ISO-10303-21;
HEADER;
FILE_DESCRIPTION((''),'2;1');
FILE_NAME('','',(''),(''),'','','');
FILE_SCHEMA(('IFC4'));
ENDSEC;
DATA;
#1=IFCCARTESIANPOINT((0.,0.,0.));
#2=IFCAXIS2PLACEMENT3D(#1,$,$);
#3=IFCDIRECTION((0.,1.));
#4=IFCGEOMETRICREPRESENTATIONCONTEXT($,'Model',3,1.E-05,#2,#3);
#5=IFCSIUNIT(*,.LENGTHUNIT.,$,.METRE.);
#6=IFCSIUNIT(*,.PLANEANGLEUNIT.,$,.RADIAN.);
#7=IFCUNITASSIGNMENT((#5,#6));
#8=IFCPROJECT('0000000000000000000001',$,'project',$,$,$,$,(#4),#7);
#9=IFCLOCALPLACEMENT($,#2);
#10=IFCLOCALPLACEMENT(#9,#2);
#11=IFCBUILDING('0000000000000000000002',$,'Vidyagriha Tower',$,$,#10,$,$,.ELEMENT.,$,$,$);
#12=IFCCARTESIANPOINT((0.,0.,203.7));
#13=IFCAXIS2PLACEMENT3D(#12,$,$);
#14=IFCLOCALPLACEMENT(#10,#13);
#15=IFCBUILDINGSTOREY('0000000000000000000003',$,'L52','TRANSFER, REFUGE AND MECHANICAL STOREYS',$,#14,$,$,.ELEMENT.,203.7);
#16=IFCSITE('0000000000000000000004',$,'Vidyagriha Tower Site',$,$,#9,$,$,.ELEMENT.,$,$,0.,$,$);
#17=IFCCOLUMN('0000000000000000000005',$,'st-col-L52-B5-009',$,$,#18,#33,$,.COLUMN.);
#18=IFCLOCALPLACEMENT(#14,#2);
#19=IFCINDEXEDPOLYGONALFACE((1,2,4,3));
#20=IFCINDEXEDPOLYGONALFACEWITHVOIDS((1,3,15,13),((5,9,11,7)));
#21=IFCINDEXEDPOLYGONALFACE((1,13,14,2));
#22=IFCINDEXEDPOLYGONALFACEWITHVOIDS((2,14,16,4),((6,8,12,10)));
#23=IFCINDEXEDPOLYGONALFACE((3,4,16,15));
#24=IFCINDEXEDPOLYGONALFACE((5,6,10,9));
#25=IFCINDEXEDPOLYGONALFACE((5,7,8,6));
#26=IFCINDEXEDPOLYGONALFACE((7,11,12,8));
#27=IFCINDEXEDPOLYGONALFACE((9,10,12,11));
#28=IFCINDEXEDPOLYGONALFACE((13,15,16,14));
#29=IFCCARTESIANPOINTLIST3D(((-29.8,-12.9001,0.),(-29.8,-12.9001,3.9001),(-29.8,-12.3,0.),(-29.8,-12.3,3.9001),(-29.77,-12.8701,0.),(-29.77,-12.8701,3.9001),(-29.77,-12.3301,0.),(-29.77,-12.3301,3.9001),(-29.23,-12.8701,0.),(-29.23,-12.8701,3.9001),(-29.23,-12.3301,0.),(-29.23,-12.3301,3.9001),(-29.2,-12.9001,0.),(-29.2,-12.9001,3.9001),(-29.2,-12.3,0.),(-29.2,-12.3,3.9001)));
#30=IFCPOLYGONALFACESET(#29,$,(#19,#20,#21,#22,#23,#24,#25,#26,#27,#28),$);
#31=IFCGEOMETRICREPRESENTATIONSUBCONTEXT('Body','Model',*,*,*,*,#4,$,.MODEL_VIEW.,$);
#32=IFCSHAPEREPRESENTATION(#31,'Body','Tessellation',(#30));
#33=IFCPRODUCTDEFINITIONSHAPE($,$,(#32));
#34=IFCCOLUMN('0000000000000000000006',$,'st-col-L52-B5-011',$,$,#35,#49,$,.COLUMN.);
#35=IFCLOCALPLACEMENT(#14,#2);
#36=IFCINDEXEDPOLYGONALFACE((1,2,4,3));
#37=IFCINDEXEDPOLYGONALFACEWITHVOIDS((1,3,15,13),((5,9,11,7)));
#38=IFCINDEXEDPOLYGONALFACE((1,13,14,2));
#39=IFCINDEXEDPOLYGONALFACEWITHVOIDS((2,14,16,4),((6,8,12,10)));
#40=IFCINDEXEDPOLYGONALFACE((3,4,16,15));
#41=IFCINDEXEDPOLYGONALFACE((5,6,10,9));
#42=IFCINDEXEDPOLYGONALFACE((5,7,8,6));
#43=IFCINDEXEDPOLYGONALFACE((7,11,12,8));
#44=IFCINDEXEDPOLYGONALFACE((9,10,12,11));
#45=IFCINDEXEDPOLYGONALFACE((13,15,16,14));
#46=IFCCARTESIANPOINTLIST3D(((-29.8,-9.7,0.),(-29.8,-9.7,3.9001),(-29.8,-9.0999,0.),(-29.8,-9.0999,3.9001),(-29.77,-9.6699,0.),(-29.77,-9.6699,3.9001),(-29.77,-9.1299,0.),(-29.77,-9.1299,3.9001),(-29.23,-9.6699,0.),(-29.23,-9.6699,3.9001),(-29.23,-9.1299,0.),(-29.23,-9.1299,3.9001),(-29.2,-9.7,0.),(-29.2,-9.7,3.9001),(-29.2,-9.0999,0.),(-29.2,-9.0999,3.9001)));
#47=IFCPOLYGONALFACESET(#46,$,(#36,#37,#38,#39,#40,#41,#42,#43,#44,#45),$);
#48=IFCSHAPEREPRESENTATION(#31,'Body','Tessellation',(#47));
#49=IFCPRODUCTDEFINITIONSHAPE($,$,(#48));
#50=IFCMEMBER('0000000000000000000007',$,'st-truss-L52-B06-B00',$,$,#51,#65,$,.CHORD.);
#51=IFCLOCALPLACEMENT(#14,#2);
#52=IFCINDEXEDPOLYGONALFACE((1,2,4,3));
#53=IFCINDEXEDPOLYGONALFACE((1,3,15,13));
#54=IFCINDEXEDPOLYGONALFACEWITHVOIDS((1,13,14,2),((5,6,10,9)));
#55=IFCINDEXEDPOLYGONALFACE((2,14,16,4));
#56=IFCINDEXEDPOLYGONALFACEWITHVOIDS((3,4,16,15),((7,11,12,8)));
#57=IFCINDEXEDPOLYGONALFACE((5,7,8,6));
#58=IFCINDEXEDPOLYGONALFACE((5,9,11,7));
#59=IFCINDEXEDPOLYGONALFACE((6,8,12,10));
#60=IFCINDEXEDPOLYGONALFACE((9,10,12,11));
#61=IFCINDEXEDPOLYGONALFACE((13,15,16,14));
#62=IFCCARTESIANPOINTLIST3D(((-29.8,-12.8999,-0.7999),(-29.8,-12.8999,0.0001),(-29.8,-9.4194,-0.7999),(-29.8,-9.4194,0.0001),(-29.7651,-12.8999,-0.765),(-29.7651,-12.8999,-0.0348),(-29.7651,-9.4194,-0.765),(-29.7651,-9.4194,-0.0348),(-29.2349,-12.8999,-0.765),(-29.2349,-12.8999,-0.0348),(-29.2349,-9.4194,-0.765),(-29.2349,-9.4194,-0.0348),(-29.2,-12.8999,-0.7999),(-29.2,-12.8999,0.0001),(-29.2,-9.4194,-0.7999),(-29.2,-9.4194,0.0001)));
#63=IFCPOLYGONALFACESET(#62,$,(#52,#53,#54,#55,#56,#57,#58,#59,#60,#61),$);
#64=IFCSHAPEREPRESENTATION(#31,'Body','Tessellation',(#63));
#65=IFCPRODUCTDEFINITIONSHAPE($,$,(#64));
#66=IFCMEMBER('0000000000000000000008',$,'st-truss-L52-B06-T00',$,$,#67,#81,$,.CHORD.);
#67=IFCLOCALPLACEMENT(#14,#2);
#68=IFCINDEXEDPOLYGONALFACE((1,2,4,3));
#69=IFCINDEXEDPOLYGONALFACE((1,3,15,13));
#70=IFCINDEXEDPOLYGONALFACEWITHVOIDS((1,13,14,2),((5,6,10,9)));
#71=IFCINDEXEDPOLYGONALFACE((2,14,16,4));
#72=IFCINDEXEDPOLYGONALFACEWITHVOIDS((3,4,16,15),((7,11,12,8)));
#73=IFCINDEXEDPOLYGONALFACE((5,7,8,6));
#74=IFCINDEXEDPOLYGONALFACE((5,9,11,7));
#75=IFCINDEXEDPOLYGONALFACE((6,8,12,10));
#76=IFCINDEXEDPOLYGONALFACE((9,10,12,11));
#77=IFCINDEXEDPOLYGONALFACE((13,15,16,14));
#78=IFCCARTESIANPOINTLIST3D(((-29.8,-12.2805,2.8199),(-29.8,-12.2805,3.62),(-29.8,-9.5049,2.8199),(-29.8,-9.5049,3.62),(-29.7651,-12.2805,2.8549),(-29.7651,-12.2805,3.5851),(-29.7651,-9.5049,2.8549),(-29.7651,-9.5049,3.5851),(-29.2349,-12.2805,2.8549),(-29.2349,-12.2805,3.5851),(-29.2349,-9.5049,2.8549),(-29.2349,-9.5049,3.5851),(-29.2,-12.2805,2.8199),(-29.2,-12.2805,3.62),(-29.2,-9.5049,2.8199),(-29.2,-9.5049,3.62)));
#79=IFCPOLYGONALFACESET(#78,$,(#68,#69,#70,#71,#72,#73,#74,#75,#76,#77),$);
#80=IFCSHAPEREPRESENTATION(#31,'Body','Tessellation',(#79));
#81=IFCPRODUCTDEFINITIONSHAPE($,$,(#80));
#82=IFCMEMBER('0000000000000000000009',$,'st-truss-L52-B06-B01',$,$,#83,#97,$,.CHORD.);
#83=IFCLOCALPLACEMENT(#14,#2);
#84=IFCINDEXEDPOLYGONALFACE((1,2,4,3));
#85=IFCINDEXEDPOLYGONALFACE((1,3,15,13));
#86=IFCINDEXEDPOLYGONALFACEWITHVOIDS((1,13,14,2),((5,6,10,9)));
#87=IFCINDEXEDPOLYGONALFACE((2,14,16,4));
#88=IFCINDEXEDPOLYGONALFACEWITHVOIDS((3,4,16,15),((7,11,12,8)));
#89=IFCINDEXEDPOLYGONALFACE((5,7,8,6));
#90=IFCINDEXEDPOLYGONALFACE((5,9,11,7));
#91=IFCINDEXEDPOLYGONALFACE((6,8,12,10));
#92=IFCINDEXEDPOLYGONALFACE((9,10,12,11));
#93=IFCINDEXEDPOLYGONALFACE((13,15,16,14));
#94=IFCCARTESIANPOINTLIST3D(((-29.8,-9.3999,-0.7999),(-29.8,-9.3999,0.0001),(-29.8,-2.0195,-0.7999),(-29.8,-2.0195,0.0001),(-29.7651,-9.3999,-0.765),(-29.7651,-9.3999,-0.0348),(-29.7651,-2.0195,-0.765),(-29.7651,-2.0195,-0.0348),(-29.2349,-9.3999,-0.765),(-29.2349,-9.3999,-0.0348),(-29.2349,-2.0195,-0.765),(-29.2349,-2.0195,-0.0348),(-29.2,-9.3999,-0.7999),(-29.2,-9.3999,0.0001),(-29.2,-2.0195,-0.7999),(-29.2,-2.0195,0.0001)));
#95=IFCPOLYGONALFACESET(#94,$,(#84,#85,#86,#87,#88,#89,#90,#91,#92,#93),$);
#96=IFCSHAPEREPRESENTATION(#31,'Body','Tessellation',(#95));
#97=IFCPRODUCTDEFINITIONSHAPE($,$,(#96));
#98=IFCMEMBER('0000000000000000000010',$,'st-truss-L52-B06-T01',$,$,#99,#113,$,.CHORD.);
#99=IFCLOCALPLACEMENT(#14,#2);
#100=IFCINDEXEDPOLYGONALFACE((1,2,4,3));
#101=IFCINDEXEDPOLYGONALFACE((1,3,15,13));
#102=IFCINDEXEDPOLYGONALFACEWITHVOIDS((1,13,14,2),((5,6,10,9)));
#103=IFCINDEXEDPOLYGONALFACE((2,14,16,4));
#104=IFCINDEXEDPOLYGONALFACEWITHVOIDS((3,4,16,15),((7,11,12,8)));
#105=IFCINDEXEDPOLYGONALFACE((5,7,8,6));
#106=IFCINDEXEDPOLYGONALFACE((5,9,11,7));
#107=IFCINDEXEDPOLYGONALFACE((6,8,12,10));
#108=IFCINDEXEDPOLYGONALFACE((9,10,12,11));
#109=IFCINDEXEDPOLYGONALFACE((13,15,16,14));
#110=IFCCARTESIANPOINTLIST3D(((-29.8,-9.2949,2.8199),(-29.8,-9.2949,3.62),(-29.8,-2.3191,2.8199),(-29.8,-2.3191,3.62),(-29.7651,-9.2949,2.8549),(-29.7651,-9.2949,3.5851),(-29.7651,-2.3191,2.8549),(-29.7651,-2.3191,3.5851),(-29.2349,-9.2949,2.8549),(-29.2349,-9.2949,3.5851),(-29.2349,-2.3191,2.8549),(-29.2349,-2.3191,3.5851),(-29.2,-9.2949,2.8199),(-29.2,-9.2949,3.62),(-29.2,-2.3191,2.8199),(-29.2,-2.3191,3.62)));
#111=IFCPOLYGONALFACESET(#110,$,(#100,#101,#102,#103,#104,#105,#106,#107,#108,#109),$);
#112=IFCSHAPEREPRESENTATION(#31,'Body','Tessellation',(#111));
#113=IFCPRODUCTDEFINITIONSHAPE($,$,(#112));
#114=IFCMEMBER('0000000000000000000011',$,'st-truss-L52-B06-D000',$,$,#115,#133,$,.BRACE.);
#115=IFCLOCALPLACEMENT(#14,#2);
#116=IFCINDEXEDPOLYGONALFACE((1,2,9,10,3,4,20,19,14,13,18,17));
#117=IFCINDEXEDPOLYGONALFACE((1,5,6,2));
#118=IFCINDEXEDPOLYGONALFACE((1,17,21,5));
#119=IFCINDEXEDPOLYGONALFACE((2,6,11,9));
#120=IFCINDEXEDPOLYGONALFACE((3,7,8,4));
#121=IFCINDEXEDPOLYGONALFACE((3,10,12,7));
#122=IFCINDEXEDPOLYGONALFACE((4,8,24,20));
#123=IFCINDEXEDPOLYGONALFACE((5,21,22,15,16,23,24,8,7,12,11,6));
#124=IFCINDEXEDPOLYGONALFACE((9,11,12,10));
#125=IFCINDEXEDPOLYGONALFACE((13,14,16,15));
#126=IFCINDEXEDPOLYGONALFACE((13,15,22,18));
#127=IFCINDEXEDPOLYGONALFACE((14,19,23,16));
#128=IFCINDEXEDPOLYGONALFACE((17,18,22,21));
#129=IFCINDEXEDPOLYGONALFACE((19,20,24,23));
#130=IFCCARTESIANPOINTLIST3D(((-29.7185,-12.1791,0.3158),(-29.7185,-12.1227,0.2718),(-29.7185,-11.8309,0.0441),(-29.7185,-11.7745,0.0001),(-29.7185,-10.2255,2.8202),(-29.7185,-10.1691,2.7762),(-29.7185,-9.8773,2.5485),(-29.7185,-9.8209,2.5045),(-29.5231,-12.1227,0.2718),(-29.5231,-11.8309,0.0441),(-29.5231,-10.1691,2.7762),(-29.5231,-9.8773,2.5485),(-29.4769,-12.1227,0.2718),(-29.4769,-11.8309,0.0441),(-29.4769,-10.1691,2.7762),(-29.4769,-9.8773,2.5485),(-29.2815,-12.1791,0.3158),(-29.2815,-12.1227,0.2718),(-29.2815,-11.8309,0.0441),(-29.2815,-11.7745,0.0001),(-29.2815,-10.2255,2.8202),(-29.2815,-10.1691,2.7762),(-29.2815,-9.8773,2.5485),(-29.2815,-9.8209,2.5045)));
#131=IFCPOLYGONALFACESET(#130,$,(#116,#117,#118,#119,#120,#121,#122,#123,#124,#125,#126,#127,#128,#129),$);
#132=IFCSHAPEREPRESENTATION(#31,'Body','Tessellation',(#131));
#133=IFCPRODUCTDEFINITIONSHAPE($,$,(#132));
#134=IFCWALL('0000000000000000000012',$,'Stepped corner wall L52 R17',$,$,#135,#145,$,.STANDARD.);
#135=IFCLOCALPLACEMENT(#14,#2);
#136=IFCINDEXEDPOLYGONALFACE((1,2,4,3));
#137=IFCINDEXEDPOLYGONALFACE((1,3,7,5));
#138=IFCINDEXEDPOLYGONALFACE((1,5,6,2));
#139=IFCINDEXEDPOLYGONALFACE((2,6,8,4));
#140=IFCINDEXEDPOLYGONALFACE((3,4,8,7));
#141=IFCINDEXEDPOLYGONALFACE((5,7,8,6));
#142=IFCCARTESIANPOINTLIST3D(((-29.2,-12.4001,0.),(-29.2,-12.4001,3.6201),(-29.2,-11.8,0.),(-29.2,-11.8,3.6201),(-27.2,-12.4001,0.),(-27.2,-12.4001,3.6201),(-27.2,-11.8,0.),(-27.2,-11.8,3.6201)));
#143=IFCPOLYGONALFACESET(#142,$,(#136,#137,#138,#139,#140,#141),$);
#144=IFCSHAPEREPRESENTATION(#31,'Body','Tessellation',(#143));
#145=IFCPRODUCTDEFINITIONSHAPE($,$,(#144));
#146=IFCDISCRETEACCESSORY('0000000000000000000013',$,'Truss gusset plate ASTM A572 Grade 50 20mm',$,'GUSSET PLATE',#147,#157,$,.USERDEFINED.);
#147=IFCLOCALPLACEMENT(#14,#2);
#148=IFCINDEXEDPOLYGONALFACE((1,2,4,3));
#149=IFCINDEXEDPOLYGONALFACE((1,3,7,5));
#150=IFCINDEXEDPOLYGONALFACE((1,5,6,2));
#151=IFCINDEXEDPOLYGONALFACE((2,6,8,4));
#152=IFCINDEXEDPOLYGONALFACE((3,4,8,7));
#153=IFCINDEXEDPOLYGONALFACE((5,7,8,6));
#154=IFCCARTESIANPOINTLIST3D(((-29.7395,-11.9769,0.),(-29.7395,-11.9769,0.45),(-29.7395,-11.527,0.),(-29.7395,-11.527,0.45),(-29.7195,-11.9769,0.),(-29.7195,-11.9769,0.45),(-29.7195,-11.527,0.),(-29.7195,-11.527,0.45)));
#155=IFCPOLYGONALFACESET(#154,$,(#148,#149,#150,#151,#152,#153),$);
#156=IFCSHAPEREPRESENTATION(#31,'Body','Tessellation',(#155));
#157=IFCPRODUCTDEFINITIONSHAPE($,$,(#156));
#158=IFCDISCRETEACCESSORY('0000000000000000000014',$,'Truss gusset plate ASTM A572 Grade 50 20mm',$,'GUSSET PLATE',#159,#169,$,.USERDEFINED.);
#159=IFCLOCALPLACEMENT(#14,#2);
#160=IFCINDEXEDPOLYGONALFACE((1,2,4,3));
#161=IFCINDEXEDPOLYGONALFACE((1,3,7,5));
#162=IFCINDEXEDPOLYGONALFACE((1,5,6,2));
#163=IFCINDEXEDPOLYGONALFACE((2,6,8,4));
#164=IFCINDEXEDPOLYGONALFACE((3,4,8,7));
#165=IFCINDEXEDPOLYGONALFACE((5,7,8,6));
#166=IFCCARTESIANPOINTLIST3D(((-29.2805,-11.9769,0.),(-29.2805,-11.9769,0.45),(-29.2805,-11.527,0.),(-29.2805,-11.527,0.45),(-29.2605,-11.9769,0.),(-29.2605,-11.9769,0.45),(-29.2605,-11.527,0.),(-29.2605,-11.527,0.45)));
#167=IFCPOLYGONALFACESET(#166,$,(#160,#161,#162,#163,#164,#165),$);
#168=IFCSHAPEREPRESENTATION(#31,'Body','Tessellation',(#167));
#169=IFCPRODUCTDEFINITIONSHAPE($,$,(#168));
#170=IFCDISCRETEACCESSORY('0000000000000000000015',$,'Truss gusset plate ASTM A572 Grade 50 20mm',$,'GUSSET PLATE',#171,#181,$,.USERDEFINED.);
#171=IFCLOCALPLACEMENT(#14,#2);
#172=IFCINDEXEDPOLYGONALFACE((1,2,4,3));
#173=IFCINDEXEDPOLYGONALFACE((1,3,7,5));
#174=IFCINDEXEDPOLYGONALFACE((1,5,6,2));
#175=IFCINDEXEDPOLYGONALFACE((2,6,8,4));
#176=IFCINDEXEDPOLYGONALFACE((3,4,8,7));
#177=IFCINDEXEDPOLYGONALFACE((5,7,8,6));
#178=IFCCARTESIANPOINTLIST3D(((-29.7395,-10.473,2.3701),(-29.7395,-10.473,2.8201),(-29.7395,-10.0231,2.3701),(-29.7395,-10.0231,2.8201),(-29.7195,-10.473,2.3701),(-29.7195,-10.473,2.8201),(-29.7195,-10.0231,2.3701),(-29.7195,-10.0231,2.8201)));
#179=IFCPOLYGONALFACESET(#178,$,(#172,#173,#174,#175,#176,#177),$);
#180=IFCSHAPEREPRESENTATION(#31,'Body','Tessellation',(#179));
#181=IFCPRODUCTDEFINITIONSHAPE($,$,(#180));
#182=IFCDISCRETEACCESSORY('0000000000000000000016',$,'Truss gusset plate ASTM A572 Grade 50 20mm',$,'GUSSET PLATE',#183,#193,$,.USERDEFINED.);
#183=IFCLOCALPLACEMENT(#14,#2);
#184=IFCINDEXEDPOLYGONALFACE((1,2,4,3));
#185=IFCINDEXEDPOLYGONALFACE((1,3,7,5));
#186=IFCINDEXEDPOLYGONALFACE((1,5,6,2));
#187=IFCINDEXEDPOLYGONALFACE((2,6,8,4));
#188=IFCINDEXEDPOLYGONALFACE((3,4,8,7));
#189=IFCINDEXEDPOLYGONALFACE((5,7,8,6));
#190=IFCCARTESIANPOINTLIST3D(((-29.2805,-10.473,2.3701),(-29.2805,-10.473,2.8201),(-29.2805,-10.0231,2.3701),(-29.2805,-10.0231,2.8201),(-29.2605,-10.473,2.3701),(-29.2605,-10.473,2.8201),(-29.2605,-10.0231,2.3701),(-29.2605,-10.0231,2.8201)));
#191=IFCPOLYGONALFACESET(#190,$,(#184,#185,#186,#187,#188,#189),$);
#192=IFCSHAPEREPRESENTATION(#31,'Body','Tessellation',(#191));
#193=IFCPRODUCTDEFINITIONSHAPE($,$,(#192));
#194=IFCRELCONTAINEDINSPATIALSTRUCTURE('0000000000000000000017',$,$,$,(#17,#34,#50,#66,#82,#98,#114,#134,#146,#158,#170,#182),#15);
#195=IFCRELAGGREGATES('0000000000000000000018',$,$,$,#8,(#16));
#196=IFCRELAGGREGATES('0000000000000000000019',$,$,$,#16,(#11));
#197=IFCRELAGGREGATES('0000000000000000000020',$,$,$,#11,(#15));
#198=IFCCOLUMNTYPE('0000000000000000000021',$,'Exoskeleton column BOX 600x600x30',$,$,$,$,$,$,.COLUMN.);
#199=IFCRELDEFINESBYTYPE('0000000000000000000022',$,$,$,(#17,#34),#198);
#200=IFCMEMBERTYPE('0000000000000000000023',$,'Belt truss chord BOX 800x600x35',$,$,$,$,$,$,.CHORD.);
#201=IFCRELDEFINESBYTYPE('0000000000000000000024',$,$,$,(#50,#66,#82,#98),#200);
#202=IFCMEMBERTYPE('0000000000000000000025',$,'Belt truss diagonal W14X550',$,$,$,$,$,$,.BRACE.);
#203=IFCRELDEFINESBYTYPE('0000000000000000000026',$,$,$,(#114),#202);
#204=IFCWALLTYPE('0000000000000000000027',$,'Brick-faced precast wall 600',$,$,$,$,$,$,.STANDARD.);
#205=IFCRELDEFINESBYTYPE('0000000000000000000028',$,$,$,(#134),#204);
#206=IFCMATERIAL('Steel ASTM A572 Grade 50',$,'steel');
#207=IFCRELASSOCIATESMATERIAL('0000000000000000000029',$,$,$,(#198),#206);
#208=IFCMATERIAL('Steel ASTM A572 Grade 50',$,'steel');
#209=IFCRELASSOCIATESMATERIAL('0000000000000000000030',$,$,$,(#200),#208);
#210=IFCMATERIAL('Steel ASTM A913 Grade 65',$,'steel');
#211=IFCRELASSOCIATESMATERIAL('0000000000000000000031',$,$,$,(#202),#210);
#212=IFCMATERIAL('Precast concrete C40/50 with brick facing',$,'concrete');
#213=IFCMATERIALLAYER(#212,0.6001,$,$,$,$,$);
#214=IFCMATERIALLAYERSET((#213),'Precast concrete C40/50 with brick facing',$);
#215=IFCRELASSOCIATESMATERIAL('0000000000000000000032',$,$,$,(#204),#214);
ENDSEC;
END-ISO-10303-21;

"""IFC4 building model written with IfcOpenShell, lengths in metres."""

from ifc_helpers import new_model, si_unit, direction, frame, frame_2d, origin, origin_2d, place, context, subcontext, project, spatial, rectangle, hollow_rectangle, i_section, extrude, material, layer, layer_set, material_profile, profile_set, type_object, element, save


model = new_model("IFC4")

# Units and contexts
model_context = context("Model", 3, precision=1e-05, world=origin(), true_north=direction((0.0, 1.0)))
body_context = subcontext(model_context, "Body", "Model", "MODEL_VIEW")
ifc_project = project(units=[si_unit("LENGTHUNIT", "METRE"), si_unit("PLANEANGLEUNIT", "RADIAN")], contexts=[model_context])

# Site, building, storey
site_placement = place(None, origin())
site = spatial("IfcSite", under=ifc_project, at=site_placement, Name="Vidyagriha Tower Site", CompositionType="ELEMENT", RefElevation=0.0)
building_placement = place(site_placement, origin())
building = spatial("IfcBuilding", under=site, at=building_placement, Name="Vidyagriha Tower", CompositionType="ELEMENT")
storey_placement = place(building_placement, frame((0.0, 0.0, 203.7)))
storey = spatial("IfcBuildingStorey", under=building, at=storey_placement, Name="L52", Description="TRANSFER, REFUGE AND MECHANICAL STOREYS", CompositionType="ELEMENT", Elevation=203.7)

# Columns
ifc_material_1 = material(Name="Steel ASTM A572 Grade 50", Category="steel")
ifc_material_profile_1 = material_profile(ifc_material_1, hollow_rectangle(XDim=0.6001, YDim=0.6001, WallThickness=0.03, at=origin_2d()), Name="BOX 600x600x30")
ifc_profile_set_1 = profile_set([ifc_material_profile_1], Name="Steel ASTM A572 Grade 50")
column_type = type_object("IfcColumnType", Name="Exoskeleton column BOX 600x600x30", PredefinedType="COLUMN", material=ifc_profile_set_1)
for number, where, name in (
    (1, (-29.5, -12.6001, 0.0), "st-col-L52-B5-009"),
    (2, (-29.5, -9.3999, 0.0), "st-col-L52-B5-011"),
):
    element("IfcColumn", number, at=place(storey_placement, frame(where)), inside=storey, type_object=column_type, Name=name, PredefinedType="COLUMN", context=body_context, shape_type="SweptSolid", body=[
        extrude(hollow_rectangle(XDim=0.6001, YDim=0.6001, WallThickness=0.03, at=origin_2d()), origin(), (0.0, 0.0, 1.0), 3.9001),
    ])

# Members
ifc_material_2 = material(Name="Steel ASTM A572 Grade 50", Category="steel")
ifc_material_profile_2 = material_profile(ifc_material_2, hollow_rectangle(XDim=0.6001, YDim=0.8, WallThickness=0.0349, at=origin_2d()), Name="BOX 800x600x35")
ifc_profile_set_2 = profile_set([ifc_material_profile_2], Name="Steel ASTM A572 Grade 50")
member_type_1 = type_object("IfcMemberType", Name="Belt truss chord BOX 800x600x35", PredefinedType="CHORD", material=ifc_profile_set_2)
member_1_placement = place(storey_placement, frame((-29.5, -12.8999, -0.3999), z_axis=(0.0, 1.0, 0.0), x_axis=(-1.0, 0.0, 0.0)))
element("IfcMember", 3, at=member_1_placement, inside=storey, type_object=member_type_1, Name="st-truss-L52-B06-B00", PredefinedType="CHORD", context=body_context, shape_type="SweptSolid", body=[
    extrude(hollow_rectangle(XDim=0.6001, YDim=0.8, WallThickness=0.0349, at=origin_2d()), origin(), (0.0, 0.0, 1.0), 3.4805),
])
member_2_placement = place(storey_placement, frame((-29.5, -12.2805, 3.22), z_axis=(0.0, 1.0, 0.0), x_axis=(-1.0, 0.0, 0.0)))
element("IfcMember", 4, at=member_2_placement, inside=storey, type_object=member_type_1, Name="st-truss-L52-B06-T00", PredefinedType="CHORD", context=body_context, shape_type="SweptSolid", body=[
    extrude(hollow_rectangle(XDim=0.6001, YDim=0.8, WallThickness=0.0349, at=origin_2d()), origin(), (0.0, 0.0, 1.0), 2.7756),
])
member_3_placement = place(storey_placement, frame((-29.5, -9.3999, -0.3999), z_axis=(0.0, 1.0, 0.0), x_axis=(-1.0, 0.0, 0.0)))
element("IfcMember", 5, at=member_3_placement, inside=storey, type_object=member_type_1, Name="st-truss-L52-B06-B01", PredefinedType="CHORD", context=body_context, shape_type="SweptSolid", body=[
    extrude(hollow_rectangle(XDim=0.6001, YDim=0.8, WallThickness=0.0349, at=origin_2d()), origin(), (0.0, 0.0, 1.0), 7.3804),
])
member_4_placement = place(storey_placement, frame((-29.5, -9.2949, 3.22), z_axis=(0.0, 1.0, 0.0), x_axis=(-1.0, 0.0, 0.0)))
element("IfcMember", 6, at=member_4_placement, inside=storey, type_object=member_type_1, Name="st-truss-L52-B06-T01", PredefinedType="CHORD", context=body_context, shape_type="SweptSolid", body=[
    extrude(hollow_rectangle(XDim=0.6001, YDim=0.8, WallThickness=0.0349, at=origin_2d()), origin(), (0.0, 0.0, 1.0), 6.9758),
])
ifc_material_3 = material(Name="Steel ASTM A913 Grade 65", Category="steel")
ifc_material_profile_3 = material_profile(ifc_material_3, i_section(OverallWidth=0.437, OverallDepth=0.5132, WebThickness=0.0461, FlangeThickness=0.0715, at=origin_2d()), Name="W14X550")
ifc_profile_set_3 = profile_set([ifc_material_profile_3], Name="Steel ASTM A913 Grade 65")
member_type_2 = type_object("IfcMemberType", Name="Belt truss diagonal W14X550", PredefinedType="BRACE", material=ifc_profile_set_3)
member_5_placement = place(storey_placement, frame((-29.5, -11.9768, 0.158), z_axis=(0.0, 0.615068, 0.788474), x_axis=(-1.0, 0.0, 0.0)))
element("IfcMember", 7, at=member_5_placement, inside=storey, type_object=member_type_2, Name="st-truss-L52-B06-D000", PredefinedType="BRACE", context=body_context, shape_type="SweptSolid", body=[
    extrude(i_section(OverallWidth=0.437, OverallDepth=0.5132, WebThickness=0.0461, FlangeThickness=0.0715, at=origin_2d()), origin(), (0.0, 0.0, 1.0), 3.1763),
])

# Wall
ifc_material_4 = material(Name="Precast concrete C40/50 with brick facing", Category="concrete")
ifc_layer = layer(ifc_material_4, 0.6001)
ifc_layer_set = layer_set([ifc_layer], Name="Precast concrete C40/50 with brick facing")
wall_type = type_object("IfcWallType", Name="Brick-faced precast wall 600", PredefinedType="STANDARD", material=ifc_layer_set)
wall_placement = place(storey_placement, frame((-29.2, -12.1001, 0.0)))
element("IfcWall", 8, at=wall_placement, inside=storey, type_object=wall_type, Name="Stepped corner wall L52 R17", PredefinedType="STANDARD", context=body_context, shape_type="SweptSolid", body=[
    extrude(rectangle(XDim=2.0, YDim=0.6001, at=frame_2d((1.0, 0.0))), origin(), (0.0, 0.0, 1.0), 3.6201),
])

# Discrete accessories
for number, where, z_axis, x_axis, name in (
    (9, (-29.7295, -11.752, 0.0), (0.0, 0.0, 1.0), (0.0, 1.0, 0.0), "Truss gusset plate ASTM A572 Grade 50 20mm"),
    (10, (-29.2705, -11.752, 0.0), (0.0, 0.0, 1.0), (0.0, 1.0, 0.0), "Truss gusset plate ASTM A572 Grade 50 20mm"),
    (11, (-29.7295, -10.248, 2.3701), (0.0, 0.0, 1.0), (0.0, 1.0, 0.0), "Truss gusset plate ASTM A572 Grade 50 20mm"),
    (12, (-29.2705, -10.248, 2.3701), (0.0, 0.0, 1.0), (0.0, 1.0, 0.0), "Truss gusset plate ASTM A572 Grade 50 20mm"),
):
    element("IfcDiscreteAccessory", number, at=place(storey_placement, frame(where, z_axis=z_axis, x_axis=x_axis)), inside=storey, Name=name, ObjectType="GUSSET PLATE", PredefinedType="USERDEFINED", context=body_context, shape_type="SweptSolid", body=[
        extrude(rectangle(XDim=0.45, YDim=0.02, at=origin_2d()), origin(), (0.0, 0.0, 1.0), 0.45),
    ])

save(model, "model.ifc")
